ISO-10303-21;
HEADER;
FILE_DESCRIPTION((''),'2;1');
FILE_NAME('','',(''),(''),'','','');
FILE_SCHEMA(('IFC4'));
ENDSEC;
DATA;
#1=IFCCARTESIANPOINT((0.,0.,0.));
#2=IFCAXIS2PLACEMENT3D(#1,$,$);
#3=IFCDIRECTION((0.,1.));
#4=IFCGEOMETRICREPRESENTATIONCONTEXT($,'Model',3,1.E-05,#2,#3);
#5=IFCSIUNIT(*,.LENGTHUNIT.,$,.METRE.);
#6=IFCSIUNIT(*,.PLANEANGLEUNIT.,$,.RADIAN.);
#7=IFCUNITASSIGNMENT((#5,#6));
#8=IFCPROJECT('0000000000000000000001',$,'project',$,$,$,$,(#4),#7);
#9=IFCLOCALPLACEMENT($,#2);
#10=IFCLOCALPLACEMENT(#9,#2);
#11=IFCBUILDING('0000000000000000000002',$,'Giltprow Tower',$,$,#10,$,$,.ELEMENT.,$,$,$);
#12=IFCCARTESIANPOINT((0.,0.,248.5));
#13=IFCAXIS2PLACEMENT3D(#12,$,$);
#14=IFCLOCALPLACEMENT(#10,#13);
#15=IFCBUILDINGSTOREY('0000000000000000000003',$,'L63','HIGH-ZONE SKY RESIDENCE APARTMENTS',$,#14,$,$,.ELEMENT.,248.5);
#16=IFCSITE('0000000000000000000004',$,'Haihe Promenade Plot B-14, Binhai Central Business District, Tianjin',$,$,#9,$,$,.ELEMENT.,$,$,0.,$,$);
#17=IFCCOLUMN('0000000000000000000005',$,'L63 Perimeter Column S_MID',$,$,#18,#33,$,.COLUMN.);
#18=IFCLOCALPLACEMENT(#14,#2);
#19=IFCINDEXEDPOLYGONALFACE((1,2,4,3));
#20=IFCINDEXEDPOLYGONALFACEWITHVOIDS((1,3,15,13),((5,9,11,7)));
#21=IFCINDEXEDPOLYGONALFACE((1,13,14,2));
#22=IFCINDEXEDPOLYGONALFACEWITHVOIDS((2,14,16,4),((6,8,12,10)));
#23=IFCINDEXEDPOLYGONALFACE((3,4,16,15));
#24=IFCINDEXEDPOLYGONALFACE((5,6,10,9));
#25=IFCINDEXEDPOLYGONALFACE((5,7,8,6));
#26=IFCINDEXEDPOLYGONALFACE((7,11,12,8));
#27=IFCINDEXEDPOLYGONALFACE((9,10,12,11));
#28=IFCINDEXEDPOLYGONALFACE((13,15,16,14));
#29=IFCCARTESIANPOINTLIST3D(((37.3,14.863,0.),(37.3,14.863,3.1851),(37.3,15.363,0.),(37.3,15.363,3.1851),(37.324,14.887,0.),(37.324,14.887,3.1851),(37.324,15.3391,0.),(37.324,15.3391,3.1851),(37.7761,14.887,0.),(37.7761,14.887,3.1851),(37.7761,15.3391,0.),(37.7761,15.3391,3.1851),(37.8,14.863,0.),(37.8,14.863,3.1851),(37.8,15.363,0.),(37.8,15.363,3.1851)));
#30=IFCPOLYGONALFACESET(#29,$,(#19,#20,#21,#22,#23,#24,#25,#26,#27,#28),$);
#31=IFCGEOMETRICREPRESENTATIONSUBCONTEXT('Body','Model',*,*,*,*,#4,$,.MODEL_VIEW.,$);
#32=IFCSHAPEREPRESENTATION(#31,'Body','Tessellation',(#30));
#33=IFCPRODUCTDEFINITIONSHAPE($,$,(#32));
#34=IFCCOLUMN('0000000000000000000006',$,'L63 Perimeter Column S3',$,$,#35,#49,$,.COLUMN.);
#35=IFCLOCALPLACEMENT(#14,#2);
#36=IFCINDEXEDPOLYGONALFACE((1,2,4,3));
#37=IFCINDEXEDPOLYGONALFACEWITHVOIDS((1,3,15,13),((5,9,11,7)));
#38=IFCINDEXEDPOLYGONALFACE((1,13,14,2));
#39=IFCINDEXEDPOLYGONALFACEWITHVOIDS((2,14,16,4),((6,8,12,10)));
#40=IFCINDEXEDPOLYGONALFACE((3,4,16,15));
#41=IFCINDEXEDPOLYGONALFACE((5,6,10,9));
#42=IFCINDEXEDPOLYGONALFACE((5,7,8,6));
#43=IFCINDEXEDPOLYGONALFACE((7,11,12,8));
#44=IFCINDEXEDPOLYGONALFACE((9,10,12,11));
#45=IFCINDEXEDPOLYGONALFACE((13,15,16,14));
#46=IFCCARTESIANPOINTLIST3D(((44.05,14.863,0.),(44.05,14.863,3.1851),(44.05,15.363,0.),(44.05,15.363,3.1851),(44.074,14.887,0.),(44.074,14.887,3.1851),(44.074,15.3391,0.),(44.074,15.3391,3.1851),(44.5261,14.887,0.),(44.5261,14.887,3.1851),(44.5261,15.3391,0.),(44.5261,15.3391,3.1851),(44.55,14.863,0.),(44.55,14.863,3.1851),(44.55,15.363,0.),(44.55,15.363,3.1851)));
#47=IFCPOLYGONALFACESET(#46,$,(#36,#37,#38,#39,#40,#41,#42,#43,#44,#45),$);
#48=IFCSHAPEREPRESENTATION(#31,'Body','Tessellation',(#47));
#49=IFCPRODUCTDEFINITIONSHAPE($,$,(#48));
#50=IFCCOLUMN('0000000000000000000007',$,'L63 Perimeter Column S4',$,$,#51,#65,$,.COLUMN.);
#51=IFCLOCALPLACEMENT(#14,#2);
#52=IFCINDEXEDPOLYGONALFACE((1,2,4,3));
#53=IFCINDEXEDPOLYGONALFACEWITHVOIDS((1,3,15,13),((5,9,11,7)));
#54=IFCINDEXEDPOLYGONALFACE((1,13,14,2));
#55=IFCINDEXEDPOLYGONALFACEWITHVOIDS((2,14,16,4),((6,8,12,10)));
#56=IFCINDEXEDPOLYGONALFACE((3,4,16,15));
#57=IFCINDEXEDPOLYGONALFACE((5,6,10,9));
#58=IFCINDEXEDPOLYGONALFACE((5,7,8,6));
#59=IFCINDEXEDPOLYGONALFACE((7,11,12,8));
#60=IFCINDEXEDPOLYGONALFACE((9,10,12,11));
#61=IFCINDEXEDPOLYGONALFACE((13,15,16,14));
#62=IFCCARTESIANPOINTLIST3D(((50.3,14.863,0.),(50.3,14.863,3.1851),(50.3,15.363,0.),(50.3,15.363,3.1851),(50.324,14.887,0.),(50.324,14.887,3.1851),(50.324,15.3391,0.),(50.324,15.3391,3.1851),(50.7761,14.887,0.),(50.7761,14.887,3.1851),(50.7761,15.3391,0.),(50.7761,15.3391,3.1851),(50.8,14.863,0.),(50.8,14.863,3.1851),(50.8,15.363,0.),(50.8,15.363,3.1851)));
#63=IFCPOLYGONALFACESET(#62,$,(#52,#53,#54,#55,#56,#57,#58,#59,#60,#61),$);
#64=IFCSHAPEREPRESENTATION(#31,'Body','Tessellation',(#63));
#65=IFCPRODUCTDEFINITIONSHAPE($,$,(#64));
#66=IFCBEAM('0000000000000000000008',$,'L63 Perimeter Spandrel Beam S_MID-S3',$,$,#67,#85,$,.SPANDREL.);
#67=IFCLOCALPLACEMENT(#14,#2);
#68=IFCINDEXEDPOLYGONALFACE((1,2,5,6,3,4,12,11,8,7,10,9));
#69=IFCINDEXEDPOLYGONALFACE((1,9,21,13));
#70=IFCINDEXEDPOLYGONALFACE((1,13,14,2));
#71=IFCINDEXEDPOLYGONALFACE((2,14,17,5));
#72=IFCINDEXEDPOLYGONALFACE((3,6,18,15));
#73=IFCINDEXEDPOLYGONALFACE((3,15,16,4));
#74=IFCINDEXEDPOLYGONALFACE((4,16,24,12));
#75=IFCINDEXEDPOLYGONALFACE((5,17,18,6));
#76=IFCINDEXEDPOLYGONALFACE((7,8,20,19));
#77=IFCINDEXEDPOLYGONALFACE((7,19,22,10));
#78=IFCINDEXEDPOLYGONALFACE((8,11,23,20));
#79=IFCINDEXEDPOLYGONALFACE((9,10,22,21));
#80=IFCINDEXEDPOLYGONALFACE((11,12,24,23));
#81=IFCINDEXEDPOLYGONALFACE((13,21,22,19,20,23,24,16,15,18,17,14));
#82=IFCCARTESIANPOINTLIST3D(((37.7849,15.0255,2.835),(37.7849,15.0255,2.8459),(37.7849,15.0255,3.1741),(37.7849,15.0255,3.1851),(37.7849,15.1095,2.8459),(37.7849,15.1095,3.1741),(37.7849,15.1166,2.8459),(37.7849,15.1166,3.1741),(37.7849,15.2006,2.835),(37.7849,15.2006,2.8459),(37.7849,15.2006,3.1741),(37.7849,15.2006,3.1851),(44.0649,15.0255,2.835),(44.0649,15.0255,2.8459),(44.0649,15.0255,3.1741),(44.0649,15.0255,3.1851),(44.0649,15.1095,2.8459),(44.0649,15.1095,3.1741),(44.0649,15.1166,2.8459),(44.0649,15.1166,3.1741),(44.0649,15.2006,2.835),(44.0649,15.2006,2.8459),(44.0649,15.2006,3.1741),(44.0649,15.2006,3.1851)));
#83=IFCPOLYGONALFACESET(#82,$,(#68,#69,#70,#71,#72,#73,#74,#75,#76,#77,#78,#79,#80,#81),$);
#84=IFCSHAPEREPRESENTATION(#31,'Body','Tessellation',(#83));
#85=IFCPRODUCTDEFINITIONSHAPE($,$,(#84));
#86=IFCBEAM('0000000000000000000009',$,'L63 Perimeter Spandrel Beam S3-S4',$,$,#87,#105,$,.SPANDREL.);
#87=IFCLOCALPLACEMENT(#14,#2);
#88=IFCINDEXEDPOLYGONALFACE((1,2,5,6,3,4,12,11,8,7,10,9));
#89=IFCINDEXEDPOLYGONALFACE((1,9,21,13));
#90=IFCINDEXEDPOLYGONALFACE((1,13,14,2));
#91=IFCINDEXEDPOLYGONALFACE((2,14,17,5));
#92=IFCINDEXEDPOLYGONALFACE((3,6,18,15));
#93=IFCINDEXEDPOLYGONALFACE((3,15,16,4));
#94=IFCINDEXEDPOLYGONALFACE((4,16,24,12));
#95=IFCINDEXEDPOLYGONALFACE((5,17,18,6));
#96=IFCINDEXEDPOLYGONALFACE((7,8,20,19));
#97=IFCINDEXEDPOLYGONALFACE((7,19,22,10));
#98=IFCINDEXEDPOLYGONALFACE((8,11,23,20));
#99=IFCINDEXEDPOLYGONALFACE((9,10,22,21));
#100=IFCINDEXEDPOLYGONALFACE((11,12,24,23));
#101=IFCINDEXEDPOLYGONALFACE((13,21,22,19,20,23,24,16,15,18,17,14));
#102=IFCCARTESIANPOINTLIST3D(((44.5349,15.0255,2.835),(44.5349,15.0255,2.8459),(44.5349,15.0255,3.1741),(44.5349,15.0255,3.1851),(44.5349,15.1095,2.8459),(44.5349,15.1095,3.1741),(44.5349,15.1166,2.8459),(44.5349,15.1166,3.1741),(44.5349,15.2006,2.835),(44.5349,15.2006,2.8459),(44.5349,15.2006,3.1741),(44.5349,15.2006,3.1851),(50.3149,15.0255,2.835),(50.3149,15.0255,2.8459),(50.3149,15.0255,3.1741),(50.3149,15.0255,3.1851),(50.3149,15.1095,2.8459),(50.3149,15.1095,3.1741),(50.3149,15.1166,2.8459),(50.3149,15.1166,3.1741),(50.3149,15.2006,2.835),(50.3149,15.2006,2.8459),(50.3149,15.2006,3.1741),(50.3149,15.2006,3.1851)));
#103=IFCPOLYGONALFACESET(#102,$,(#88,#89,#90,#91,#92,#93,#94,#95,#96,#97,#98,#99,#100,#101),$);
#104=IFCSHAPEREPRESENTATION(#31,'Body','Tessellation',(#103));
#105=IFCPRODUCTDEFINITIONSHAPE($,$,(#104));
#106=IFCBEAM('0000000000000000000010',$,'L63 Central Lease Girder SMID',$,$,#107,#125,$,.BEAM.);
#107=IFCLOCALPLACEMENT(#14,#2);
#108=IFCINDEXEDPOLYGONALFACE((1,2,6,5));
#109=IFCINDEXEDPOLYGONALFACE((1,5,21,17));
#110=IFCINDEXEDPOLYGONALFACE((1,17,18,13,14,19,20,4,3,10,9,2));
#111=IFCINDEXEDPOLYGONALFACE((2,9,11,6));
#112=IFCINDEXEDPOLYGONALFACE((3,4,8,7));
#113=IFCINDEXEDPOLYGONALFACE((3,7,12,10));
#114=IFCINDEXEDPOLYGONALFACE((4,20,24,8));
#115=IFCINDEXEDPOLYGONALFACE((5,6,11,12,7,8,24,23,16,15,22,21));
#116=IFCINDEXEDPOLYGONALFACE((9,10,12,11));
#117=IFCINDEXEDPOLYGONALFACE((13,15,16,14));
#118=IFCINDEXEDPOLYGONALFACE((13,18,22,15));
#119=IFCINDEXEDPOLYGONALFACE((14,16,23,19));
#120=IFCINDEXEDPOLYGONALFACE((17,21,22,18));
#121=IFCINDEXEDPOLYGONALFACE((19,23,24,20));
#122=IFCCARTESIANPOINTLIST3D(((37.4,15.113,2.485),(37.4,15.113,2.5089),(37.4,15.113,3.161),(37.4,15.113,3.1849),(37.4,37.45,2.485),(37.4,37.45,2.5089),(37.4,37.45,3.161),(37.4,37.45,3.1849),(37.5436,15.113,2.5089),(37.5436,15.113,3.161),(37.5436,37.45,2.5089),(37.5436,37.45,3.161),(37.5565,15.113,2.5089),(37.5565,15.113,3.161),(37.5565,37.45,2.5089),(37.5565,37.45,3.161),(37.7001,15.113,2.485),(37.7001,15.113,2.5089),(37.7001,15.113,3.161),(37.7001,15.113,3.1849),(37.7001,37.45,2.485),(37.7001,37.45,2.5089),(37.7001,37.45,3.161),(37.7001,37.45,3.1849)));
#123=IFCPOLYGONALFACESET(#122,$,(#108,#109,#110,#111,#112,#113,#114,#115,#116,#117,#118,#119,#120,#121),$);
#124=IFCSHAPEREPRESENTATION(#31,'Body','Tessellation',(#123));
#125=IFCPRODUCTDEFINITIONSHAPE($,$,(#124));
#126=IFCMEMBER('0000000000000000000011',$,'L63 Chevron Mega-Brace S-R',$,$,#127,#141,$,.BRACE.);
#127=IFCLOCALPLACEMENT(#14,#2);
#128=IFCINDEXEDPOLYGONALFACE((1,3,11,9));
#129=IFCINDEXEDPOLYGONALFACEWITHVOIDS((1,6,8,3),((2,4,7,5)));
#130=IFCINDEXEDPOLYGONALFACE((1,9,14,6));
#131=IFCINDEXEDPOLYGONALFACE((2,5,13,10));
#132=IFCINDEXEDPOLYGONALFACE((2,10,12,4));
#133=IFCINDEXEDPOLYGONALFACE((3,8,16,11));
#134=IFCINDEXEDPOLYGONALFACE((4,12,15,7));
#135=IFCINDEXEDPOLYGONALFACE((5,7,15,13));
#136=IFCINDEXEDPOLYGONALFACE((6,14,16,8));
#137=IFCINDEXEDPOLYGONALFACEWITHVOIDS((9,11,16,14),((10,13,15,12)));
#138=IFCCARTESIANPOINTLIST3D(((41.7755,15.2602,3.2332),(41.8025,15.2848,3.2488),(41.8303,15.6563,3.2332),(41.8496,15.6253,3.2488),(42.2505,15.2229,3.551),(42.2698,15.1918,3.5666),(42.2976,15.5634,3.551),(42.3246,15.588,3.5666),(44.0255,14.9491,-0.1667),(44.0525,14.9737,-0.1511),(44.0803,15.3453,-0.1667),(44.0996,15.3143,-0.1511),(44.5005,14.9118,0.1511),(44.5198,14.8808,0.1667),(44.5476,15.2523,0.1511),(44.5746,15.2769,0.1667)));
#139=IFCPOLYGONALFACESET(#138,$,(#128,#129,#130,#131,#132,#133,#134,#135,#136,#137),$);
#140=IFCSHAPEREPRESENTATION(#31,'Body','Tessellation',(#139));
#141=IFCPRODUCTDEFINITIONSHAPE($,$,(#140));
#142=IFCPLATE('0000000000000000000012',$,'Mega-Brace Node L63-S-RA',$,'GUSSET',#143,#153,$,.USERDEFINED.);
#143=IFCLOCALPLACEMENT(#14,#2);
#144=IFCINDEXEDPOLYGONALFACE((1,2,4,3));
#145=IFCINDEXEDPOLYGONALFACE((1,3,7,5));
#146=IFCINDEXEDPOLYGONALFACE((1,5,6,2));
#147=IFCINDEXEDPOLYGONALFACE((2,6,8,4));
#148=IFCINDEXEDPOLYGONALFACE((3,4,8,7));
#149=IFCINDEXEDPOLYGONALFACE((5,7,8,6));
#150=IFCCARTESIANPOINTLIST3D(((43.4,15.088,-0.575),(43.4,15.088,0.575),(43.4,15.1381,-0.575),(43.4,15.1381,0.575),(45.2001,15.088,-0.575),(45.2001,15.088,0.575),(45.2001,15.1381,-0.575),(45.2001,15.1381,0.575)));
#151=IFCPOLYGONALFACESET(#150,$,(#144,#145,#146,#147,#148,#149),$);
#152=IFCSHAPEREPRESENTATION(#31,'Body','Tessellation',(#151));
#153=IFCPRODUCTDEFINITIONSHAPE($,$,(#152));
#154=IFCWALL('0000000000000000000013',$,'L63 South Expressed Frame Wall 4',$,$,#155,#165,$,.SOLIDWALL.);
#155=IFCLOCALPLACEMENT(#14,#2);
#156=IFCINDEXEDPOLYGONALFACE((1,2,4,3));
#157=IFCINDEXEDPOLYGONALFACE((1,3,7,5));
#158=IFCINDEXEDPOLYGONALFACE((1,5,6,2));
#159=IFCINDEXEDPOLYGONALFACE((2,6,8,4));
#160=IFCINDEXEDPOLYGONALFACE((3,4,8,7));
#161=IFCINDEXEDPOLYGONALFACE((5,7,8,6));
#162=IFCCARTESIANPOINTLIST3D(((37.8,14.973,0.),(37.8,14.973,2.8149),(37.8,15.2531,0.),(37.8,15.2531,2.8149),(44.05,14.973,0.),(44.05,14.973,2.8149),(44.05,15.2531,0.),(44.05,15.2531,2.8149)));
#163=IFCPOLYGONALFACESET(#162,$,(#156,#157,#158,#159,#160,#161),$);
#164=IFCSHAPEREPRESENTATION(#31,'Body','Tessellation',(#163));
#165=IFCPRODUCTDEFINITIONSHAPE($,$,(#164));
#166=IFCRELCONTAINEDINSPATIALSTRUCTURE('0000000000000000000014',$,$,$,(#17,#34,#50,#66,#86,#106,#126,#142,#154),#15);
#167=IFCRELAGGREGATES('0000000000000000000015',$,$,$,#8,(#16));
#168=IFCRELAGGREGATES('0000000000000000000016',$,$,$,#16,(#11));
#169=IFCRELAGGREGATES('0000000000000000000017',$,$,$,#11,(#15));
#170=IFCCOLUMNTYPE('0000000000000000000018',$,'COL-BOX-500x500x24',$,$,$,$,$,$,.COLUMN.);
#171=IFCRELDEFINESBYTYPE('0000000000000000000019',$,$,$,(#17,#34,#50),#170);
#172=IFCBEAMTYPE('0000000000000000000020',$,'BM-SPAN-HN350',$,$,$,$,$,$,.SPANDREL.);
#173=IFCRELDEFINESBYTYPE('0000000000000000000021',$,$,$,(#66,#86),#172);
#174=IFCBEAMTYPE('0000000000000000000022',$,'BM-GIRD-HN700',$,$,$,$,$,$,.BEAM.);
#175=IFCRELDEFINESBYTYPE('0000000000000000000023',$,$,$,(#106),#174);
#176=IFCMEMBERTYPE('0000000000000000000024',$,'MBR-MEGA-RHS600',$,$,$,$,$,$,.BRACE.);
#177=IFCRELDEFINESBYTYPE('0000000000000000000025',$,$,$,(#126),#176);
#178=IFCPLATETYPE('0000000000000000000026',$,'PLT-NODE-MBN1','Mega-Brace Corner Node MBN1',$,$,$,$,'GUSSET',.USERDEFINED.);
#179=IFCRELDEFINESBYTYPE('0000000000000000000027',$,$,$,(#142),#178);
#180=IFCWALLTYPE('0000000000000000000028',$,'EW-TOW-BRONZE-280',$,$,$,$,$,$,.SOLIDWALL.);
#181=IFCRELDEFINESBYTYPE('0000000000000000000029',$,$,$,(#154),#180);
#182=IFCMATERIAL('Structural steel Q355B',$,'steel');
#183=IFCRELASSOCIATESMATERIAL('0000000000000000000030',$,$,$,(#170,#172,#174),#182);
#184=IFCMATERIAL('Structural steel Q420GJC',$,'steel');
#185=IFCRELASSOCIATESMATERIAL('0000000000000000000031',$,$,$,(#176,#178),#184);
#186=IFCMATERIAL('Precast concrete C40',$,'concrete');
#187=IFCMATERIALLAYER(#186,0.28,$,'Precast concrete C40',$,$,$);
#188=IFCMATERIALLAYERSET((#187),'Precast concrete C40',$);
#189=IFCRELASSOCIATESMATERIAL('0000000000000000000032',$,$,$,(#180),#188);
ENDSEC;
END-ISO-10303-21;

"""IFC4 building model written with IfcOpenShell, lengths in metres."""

from ifc_helpers import new_model, si_unit, direction, frame, frame_2d, origin, origin_2d, place, context, subcontext, project, spatial, rectangle, hollow_rectangle, i_section, extrude, source, transform, mapped, material, layer, layer_set, material_profile, profile_set, type_object, element, save


model = new_model("IFC4")

# Units and contexts
model_context = context("Model", 3, precision=1e-05, world=origin(), true_north=direction((0.0, 1.0)))
body_context = subcontext(model_context, "Body", "Model", "MODEL_VIEW")
ifc_project = project(units=[si_unit("LENGTHUNIT", "METRE"), si_unit("PLANEANGLEUNIT", "RADIAN")], contexts=[model_context])

# Site, building, storey
site_placement = place(None, origin())
site = spatial("IfcSite", under=ifc_project, at=site_placement, Name="Haihe Promenade Plot B-14, Binhai Central Business District, Tianjin", CompositionType="ELEMENT", RefElevation=0.0)
building_placement = place(site_placement, origin())
building = spatial("IfcBuilding", under=site, at=building_placement, Name="Giltprow Tower", CompositionType="ELEMENT")
storey_placement = place(building_placement, frame((0.0, 0.0, 248.5)))
storey = spatial("IfcBuildingStorey", under=building, at=storey_placement, Name="L63", Description="HIGH-ZONE SKY RESIDENCE APARTMENTS", CompositionType="ELEMENT", Elevation=248.5)

# Columns
ifc_material_1 = material(Name="Structural steel Q355B", Category="steel")
ifc_material_profile_1 = material_profile(ifc_material_1, hollow_rectangle(XDim=0.5, YDim=0.5, WallThickness=0.0239, at=origin_2d()), Name="BOX 500x500x24")
ifc_profile_set_1 = profile_set([ifc_material_profile_1], Name="Structural steel Q355B")
column_type = type_object("IfcColumnType", Name="COL-BOX-500x500x24", PredefinedType="COLUMN", material=ifc_profile_set_1)
shared_shape_1 = source(origin(), body_context, "Body", "SweptSolid", [
    extrude(hollow_rectangle(XDim=0.5, YDim=0.5, WallThickness=0.0239, at=origin_2d()), origin(), (0.0, 0.0, 1.0), 3.1851),
])
for number, where, z_axis, x_axis, name in (
    (1, (37.55, 15.113, 0.0), (0.0, 0.0, 1.0), (1.0, 0.0, 0.0), "L63 Perimeter Column S_MID"),
    (2, (44.3, 15.113, 0.0), (0.0, 0.0, 1.0), (1.0, 0.0, 0.0), "L63 Perimeter Column S3"),
    (3, (50.55, 15.113, 0.0), (0.0, 0.0, 1.0), (1.0, 0.0, 0.0), "L63 Perimeter Column S4"),
):
    element("IfcColumn", number, at=place(storey_placement, frame(where, z_axis=z_axis, x_axis=x_axis)), inside=storey, type_object=column_type, Name=name, PredefinedType="COLUMN", context=body_context, shape_type="MappedRepresentation", body=[
        mapped(shared_shape_1, transform((0.0, 0.0, 0.0), x_axis=(1.0, 0.0, 0.0), y_axis=(0.0, 1.0, 0.0), z_axis=(0.0, 0.0, 1.0), scale=1.0)),
    ])

# Beams
ifc_material_profile_2 = material_profile(ifc_material_1, i_section(OverallWidth=0.175, OverallDepth=0.3501, WebThickness=0.0071, FlangeThickness=0.011, at=origin_2d()), Name="HN 350x175x7x11")
ifc_profile_set_2 = profile_set([ifc_material_profile_2], Name="Structural steel Q355B")
beam_type_1 = type_object("IfcBeamType", Name="BM-SPAN-HN350", PredefinedType="SPANDREL", material=ifc_profile_set_2)
shared_shape_2 = source(origin(), body_context, "Body", "SweptSolid", [
    extrude(i_section(OverallWidth=0.175, OverallDepth=0.3501, WebThickness=0.0071, FlangeThickness=0.011, at=origin_2d()), origin(), (0.0, 0.0, 1.0), 6.28),
])
beam_1_placement = place(storey_placement, frame((37.7849, 15.113, 3.01), z_axis=(1.0, 0.0, 0.0), x_axis=(0.0, 1.0, 0.0)))
element("IfcBeam", 4, at=beam_1_placement, inside=storey, type_object=beam_type_1, Name="L63 Perimeter Spandrel Beam S_MID-S3", PredefinedType="SPANDREL", context=body_context, shape_type="MappedRepresentation", body=[
    mapped(shared_shape_2, transform((0.0, 0.0, 0.0), x_axis=(1.0, 0.0, 0.0), y_axis=(0.0, 1.0, 0.0), z_axis=(0.0, 0.0, 1.0), scale=1.0)),
])
shared_shape_3 = source(origin(), body_context, "Body", "SweptSolid", [
    extrude(i_section(OverallWidth=0.175, OverallDepth=0.3501, WebThickness=0.0071, FlangeThickness=0.011, at=origin_2d()), origin(), (0.0, 0.0, 1.0), 5.78),
])
beam_2_placement = place(storey_placement, frame((44.5349, 15.113, 3.01), z_axis=(1.0, 0.0, 0.0), x_axis=(0.0, 1.0, 0.0)))
element("IfcBeam", 5, at=beam_2_placement, inside=storey, type_object=beam_type_1, Name="L63 Perimeter Spandrel Beam S3-S4", PredefinedType="SPANDREL", context=body_context, shape_type="MappedRepresentation", body=[
    mapped(shared_shape_3, transform((0.0, 0.0, 0.0), x_axis=(1.0, 0.0, 0.0), y_axis=(0.0, 1.0, 0.0), z_axis=(0.0, 0.0, 1.0), scale=1.0)),
])
ifc_material_profile_3 = material_profile(ifc_material_1, i_section(OverallWidth=0.3, OverallDepth=0.7, WebThickness=0.0129, FlangeThickness=0.0239, at=origin_2d()), Name="HN 700x300x13x24")
ifc_profile_set_3 = profile_set([ifc_material_profile_3], Name="Structural steel Q355B")
beam_type_2 = type_object("IfcBeamType", Name="BM-GIRD-HN700", PredefinedType="BEAM", material=ifc_profile_set_3)
shared_shape_4 = source(origin(), body_context, "Body", "SweptSolid", [
    extrude(i_section(OverallWidth=0.3, OverallDepth=0.7, WebThickness=0.0129, FlangeThickness=0.0239, at=origin_2d()), origin(), (0.0, 0.0, 1.0), 22.3369),
])
beam_3_placement = place(storey_placement, frame((37.55, 15.113, 2.835), z_axis=(0.0, 1.0, 0.0), x_axis=(-1.0, 0.0, 0.0)))
element("IfcBeam", 6, at=beam_3_placement, inside=storey, type_object=beam_type_2, Name="L63 Central Lease Girder SMID", PredefinedType="BEAM", context=body_context, shape_type="MappedRepresentation", body=[
    mapped(shared_shape_4, transform((0.0, 0.0, 0.0), x_axis=(1.0, 0.0, 0.0), y_axis=(0.0, 1.0, 0.0), z_axis=(0.0, 0.0, 1.0), scale=1.0)),
])

# Member
ifc_material_2 = material(Name="Structural steel Q420GJC", Category="steel")
ifc_material_profile_4 = material_profile(ifc_material_2, hollow_rectangle(XDim=0.3999, YDim=0.6001, WallThickness=0.0281, at=origin_2d()), Name="RHS 600x400x28")
ifc_profile_set_4 = profile_set([ifc_material_profile_4], Name="Structural steel Q420GJC")
member_type = type_object("IfcMemberType", Name="MBR-MEGA-RHS600", PredefinedType="BRACE", material=ifc_profile_set_4)
shared_shape_5 = source(origin(), body_context, "Body", "SweptSolid", [
    extrude(hollow_rectangle(XDim=0.3999, YDim=0.6001, WallThickness=0.0281, at=origin_2d()), origin(), (0.0, 0.0, 1.0), 4.0889),
])
member_placement = place(storey_placement, frame((44.3, 15.113, 0.0), z_axis=(-0.550279, 0.076069, 0.831509), x_axis=(-0.136936, -0.99058, 0.0)))
element("IfcMember", 7, at=member_placement, inside=storey, type_object=member_type, Name="L63 Chevron Mega-Brace S-R", PredefinedType="BRACE", context=body_context, shape_type="MappedRepresentation", body=[
    mapped(shared_shape_5, transform((0.0, 0.0, 0.0), x_axis=(1.0, 0.0, 0.0), y_axis=(0.0, 1.0, 0.0), z_axis=(0.0, 0.0, 1.0), scale=1.0)),
])

# Plate
plate_type = type_object("IfcPlateType", Name="PLT-NODE-MBN1", Description="Mega-Brace Corner Node MBN1", ElementType="GUSSET", PredefinedType="USERDEFINED", material=ifc_material_2)
shared_shape_6 = source(origin(), body_context, "Body", "SweptSolid", [
    extrude(rectangle(XDim=1.8, YDim=0.05, at=origin_2d()), origin(), (0.0, 0.0, 1.0), 1.1499),
])
plate_placement = place(storey_placement, frame((44.3, 15.113, -0.575), z_axis=(0.0, 0.0, 1.0), x_axis=(1.0, 0.0, 0.0)))
element("IfcPlate", 8, at=plate_placement, inside=storey, type_object=plate_type, Name="Mega-Brace Node L63-S-RA", ObjectType="GUSSET", PredefinedType="USERDEFINED", context=body_context, shape_type="MappedRepresentation", body=[
    mapped(shared_shape_6, transform((0.0, 0.0, 0.0), x_axis=(1.0, 0.0, 0.0), y_axis=(0.0, 1.0, 0.0), z_axis=(0.0, 0.0, 1.0), scale=1.0)),
])

# Wall
ifc_material_3 = material(Name="Precast concrete C40", Category="concrete")
ifc_layer_1 = layer(ifc_material_3, 0.28, Name="Precast concrete C40")
ifc_layer_set_1 = layer_set([ifc_layer_1], Name="Precast concrete C40")
wall_type_1 = type_object("IfcWallType", Name="EW-TOW-BRONZE-280", PredefinedType="SOLIDWALL", material=ifc_layer_set_1)
wall_1_placement = place(storey_placement, frame((37.8, 15.113, 0.0), z_axis=(0.0, 0.0, 1.0), x_axis=(1.0, 0.0, 0.0)))
element("IfcWall", 9, at=wall_1_placement, inside=storey, type_object=wall_type_1, Name="L63 South Expressed Frame Wall 4", PredefinedType="SOLIDWALL", context=body_context, shape_type="SweptSolid", body=[
    extrude(rectangle(XDim=6.25, YDim=0.28, at=frame_2d((3.125, 0.0))), origin(), (0.0, 0.0, 1.0), 2.8149),
])

save(model, "model.ifc")
